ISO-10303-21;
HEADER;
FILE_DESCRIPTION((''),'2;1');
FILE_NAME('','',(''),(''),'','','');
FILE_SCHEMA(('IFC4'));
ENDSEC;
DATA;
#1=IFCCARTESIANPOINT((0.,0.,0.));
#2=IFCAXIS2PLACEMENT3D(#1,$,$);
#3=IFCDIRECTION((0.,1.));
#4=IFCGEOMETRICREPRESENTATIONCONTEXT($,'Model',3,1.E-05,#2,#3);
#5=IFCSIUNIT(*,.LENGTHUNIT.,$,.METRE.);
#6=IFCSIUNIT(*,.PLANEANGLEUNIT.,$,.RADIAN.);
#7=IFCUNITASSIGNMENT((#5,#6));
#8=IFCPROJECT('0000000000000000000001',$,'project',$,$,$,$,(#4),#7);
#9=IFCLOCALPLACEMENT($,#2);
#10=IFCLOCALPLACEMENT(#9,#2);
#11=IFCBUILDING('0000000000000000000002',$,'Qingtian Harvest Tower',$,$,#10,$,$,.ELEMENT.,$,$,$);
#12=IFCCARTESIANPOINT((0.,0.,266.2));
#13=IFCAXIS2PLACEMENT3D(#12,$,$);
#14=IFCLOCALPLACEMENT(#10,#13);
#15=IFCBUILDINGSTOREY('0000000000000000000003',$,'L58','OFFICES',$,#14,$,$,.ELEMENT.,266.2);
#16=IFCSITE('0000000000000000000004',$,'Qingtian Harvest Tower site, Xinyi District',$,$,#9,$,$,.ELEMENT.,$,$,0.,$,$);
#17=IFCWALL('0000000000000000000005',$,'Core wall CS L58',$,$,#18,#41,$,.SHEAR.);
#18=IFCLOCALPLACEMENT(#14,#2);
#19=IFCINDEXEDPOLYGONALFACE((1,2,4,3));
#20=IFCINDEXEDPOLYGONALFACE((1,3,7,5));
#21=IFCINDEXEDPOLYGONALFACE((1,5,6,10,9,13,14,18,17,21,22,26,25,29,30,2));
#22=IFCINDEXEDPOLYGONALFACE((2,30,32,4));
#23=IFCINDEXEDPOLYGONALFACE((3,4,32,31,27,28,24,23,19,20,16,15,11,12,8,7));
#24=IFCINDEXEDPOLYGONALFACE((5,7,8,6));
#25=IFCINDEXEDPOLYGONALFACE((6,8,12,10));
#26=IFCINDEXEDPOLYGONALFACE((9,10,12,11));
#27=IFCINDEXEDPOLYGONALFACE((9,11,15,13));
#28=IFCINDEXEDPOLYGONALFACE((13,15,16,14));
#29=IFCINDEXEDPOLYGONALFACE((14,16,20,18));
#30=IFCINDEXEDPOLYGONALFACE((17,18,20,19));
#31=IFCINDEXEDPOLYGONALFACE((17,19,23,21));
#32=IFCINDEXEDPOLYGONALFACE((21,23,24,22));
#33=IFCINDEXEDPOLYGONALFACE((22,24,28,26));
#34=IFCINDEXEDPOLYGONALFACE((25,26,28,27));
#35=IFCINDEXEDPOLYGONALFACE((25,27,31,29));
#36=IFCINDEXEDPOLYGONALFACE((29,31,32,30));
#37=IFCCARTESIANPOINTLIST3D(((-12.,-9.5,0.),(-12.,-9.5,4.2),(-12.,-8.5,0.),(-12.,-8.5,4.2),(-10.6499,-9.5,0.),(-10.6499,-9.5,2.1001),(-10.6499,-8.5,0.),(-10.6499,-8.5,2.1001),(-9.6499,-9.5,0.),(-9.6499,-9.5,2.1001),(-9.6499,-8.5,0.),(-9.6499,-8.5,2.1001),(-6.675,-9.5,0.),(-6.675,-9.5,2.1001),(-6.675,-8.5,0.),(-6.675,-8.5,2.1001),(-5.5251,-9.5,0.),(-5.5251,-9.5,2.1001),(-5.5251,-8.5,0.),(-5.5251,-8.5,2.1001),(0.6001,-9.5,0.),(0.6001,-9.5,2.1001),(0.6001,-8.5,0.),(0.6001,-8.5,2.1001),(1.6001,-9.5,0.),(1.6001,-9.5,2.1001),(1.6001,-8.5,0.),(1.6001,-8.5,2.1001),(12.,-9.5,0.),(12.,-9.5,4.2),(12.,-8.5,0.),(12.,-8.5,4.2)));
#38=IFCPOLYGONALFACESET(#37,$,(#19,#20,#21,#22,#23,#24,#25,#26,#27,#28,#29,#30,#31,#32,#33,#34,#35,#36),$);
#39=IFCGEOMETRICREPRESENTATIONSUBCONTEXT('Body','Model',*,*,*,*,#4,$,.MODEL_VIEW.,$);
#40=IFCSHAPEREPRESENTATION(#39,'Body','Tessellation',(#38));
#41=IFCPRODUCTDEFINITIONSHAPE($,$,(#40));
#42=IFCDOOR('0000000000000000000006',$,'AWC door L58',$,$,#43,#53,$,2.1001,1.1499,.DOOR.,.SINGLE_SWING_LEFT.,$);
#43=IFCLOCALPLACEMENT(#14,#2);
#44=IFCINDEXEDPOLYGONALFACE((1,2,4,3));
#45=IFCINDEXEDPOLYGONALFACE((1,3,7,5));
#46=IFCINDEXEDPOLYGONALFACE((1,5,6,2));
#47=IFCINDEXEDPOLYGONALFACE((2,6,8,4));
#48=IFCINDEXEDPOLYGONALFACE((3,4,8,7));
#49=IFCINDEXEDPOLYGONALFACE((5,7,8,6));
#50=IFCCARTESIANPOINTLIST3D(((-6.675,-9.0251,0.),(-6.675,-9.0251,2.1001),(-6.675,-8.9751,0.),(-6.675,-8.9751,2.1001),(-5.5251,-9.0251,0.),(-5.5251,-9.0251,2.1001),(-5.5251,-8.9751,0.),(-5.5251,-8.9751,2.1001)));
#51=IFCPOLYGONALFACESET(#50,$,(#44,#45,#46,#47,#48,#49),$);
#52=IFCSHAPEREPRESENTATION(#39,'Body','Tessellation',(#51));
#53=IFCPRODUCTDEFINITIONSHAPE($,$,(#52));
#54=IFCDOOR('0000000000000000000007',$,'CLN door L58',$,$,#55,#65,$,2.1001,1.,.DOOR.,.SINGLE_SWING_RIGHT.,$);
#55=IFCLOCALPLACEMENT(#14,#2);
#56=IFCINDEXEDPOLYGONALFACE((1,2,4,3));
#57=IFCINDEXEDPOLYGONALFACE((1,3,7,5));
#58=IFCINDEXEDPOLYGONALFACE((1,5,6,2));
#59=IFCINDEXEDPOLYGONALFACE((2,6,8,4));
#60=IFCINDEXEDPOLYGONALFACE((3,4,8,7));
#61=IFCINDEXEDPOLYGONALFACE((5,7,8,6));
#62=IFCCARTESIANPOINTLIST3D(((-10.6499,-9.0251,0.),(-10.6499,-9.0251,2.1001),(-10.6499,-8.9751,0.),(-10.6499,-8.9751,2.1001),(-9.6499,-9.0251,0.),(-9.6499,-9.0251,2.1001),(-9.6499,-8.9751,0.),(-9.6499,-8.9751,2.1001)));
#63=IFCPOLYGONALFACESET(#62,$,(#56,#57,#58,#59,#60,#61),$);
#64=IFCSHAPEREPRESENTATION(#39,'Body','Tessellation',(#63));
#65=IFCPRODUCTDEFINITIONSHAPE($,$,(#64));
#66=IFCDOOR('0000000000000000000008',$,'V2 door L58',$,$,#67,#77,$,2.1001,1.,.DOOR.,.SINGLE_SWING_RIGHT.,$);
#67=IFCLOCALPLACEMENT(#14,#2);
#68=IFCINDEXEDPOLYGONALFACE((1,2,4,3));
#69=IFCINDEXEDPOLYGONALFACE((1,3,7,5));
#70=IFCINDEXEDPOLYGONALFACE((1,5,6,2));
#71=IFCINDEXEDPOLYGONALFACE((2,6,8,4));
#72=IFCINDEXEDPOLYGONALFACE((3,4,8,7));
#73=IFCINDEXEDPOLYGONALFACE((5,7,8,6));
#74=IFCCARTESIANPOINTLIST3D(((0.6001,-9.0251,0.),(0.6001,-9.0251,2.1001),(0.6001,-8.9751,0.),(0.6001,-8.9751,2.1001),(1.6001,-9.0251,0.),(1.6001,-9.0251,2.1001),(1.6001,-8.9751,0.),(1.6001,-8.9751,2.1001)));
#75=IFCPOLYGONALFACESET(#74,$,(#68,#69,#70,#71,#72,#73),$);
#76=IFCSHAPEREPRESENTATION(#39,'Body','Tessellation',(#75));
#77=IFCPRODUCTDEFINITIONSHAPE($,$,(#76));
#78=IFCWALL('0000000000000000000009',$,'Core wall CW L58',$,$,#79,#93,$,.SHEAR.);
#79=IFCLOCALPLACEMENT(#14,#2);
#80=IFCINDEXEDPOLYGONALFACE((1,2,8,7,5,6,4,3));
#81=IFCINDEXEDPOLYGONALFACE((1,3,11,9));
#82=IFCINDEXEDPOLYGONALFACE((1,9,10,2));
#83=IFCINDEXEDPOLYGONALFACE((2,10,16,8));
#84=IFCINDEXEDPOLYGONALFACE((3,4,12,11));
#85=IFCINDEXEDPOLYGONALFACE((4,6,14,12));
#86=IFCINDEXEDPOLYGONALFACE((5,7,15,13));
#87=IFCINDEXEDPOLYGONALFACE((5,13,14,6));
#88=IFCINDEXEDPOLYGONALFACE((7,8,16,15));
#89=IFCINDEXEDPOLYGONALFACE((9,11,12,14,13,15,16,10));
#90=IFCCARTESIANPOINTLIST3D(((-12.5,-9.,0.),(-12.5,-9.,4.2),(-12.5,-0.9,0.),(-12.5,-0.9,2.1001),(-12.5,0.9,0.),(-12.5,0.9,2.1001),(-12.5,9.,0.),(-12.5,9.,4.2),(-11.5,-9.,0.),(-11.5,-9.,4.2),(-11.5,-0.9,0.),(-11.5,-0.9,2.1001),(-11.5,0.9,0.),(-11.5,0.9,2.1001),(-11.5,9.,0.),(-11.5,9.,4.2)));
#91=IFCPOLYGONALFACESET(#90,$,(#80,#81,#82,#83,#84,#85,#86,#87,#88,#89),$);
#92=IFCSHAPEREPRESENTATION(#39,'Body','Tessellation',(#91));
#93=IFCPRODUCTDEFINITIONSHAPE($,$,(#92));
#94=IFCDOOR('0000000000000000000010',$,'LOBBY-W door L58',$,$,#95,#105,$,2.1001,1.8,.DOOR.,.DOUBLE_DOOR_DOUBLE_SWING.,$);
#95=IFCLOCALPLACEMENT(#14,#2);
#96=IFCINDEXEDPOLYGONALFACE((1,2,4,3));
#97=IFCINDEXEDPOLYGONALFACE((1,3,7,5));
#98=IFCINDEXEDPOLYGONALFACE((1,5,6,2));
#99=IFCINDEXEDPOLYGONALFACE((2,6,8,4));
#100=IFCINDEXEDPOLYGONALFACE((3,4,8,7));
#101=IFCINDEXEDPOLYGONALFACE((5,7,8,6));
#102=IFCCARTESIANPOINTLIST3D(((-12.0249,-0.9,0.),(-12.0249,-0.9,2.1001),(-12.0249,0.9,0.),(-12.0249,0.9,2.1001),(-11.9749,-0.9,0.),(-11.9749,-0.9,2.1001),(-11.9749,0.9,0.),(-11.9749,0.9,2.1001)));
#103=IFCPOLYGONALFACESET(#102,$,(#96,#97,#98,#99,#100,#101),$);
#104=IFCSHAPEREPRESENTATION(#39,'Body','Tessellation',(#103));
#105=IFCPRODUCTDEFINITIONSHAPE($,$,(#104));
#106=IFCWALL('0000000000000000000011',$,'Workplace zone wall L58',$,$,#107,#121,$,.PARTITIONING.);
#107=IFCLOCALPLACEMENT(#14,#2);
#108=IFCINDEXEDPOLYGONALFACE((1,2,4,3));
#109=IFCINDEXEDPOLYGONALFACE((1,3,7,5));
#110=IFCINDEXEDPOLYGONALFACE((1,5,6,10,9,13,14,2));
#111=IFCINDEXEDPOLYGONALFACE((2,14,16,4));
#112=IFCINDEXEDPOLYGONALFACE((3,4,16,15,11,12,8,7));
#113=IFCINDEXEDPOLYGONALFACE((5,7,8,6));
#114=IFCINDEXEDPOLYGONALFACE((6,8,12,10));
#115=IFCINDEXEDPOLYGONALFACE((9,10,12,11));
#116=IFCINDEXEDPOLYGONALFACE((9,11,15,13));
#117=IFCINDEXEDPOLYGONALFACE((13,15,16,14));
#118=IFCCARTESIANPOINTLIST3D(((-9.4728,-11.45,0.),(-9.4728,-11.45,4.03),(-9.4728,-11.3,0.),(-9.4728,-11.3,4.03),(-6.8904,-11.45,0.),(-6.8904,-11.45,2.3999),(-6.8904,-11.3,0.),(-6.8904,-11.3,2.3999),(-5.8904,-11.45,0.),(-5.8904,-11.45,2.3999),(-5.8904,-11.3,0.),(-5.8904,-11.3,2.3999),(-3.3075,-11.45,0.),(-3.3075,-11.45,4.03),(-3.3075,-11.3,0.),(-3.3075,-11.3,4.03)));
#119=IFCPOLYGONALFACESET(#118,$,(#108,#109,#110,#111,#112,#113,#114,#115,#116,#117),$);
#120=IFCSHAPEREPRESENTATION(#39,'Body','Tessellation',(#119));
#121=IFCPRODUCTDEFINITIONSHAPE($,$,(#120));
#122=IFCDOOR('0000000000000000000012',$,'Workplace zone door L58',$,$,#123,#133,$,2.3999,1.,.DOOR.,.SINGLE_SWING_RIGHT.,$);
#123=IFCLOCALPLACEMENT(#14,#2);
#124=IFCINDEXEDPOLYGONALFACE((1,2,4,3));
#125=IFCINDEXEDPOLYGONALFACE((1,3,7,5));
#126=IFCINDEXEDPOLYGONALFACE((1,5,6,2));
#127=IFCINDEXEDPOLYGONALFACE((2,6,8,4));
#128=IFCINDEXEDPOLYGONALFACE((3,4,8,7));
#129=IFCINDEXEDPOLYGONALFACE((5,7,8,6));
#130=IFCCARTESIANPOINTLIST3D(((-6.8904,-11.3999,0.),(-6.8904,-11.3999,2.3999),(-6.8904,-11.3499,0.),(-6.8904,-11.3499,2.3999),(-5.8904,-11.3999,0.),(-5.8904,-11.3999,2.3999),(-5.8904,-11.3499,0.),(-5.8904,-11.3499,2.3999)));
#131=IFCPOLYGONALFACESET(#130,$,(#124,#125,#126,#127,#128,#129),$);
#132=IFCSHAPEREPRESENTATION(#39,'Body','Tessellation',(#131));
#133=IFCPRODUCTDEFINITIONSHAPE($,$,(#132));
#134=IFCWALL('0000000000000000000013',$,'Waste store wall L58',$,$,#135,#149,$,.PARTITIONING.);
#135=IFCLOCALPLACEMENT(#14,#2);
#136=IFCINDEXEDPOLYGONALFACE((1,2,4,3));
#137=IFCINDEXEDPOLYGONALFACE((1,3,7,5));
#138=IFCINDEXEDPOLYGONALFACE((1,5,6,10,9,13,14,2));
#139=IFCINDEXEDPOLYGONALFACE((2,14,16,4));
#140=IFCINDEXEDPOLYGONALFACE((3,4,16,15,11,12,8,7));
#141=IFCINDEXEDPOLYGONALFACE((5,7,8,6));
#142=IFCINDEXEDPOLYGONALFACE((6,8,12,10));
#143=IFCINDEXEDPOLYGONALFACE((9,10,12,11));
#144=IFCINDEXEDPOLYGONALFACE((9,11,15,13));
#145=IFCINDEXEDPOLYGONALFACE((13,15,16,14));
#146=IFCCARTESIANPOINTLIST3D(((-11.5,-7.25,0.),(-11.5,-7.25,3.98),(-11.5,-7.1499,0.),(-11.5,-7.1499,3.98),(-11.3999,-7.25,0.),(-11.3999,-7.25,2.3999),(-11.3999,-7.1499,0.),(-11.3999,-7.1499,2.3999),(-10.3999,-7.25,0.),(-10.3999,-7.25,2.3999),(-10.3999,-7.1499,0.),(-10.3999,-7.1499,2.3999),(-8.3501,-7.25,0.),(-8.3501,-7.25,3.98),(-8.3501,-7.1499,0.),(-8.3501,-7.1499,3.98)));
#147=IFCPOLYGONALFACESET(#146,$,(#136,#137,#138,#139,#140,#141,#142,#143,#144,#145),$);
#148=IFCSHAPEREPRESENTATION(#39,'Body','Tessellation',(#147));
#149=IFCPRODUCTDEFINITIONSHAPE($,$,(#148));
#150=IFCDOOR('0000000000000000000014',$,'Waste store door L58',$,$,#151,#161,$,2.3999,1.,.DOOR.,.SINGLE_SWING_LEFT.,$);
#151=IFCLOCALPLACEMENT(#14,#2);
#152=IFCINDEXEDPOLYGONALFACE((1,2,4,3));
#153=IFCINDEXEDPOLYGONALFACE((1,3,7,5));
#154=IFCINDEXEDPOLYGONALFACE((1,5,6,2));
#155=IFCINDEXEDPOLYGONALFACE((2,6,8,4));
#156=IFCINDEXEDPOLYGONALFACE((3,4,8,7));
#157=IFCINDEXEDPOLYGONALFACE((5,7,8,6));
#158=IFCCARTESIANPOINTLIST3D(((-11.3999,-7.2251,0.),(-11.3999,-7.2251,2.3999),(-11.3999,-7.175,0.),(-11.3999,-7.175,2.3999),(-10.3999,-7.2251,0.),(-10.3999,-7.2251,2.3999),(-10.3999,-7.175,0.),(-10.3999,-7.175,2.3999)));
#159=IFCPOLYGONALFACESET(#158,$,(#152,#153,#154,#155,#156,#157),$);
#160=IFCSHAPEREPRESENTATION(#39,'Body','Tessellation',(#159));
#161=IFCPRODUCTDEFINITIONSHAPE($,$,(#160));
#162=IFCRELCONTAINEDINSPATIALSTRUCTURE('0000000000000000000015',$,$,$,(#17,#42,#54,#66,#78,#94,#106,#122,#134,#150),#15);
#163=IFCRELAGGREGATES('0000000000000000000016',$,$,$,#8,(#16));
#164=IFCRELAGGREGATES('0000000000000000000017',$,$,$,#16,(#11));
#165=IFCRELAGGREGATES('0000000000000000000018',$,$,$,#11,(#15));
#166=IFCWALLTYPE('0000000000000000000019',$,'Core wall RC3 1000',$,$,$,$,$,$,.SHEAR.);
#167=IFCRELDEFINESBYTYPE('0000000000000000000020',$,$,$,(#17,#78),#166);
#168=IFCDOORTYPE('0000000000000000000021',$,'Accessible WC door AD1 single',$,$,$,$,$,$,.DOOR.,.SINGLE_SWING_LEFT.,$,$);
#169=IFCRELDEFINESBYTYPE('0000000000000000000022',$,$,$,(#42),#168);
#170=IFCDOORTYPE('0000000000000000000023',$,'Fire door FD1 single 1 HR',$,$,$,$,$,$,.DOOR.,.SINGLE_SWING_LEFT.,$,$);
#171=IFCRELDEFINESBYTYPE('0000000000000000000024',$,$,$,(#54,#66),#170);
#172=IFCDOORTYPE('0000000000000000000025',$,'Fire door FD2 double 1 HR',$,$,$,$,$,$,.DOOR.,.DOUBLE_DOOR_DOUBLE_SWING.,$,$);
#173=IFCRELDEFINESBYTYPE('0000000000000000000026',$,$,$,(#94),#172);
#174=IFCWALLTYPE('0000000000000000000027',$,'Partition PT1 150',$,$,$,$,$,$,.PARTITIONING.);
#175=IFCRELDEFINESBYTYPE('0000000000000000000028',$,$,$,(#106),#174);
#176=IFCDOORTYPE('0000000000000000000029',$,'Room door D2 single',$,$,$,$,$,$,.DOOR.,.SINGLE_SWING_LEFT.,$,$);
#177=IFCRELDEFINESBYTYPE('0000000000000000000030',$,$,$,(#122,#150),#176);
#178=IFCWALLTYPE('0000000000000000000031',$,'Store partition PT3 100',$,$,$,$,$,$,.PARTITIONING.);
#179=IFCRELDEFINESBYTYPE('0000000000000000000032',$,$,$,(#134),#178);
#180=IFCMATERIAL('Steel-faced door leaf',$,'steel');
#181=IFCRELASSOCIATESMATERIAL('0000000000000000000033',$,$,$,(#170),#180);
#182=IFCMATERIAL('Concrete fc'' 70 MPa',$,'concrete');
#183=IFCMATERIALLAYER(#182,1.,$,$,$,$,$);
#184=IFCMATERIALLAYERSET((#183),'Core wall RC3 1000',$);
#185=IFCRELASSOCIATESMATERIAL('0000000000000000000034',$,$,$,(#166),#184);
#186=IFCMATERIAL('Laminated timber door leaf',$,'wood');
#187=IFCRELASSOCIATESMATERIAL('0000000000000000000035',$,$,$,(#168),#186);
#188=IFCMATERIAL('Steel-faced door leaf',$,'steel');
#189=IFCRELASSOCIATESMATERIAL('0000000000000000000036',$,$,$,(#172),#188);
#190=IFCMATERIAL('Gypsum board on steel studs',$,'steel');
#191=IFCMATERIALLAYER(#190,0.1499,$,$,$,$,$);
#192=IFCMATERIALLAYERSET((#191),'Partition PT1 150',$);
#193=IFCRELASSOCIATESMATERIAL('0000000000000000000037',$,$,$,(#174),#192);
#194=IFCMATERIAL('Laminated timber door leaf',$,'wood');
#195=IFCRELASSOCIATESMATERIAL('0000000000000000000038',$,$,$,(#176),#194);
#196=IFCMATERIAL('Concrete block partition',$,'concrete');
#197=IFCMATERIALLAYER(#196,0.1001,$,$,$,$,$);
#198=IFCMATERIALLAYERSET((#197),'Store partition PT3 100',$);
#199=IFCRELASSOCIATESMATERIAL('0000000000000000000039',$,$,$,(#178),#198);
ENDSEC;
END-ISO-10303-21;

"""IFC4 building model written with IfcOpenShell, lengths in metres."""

from ifc_helpers import new_model, si_unit, direction, frame, frame_2d, origin, place, context, subcontext, project, spatial, rectangle, extrude, material, layer, layer_set, type_object, element, fill, save


model = new_model("IFC4")

# Units and contexts
model_context = context("Model", 3, precision=1e-05, world=origin(), true_north=direction((0.0, 1.0)))
body_context = subcontext(model_context, "Body", "Model", "MODEL_VIEW")
ifc_project = project(units=[si_unit("LENGTHUNIT", "METRE"), si_unit("PLANEANGLEUNIT", "RADIAN")], contexts=[model_context])

# Site, building, storey
site_placement = place(None, origin())
site = spatial("IfcSite", under=ifc_project, at=site_placement, Name="Qingtian Harvest Tower site, Xinyi District", CompositionType="ELEMENT", RefElevation=0.0)
building_placement = place(site_placement, origin())
building = spatial("IfcBuilding", under=site, at=building_placement, Name="Qingtian Harvest Tower", CompositionType="ELEMENT")
storey_placement = place(building_placement, frame((0.0, 0.0, 266.2)))
storey = spatial("IfcBuildingStorey", under=building, at=storey_placement, Name="L58", Description="OFFICES", CompositionType="ELEMENT", Elevation=266.2)

# Shared definitions
ifc_material_1 = material(Name="Steel-faced door leaf", Category="steel")
door_type_1 = type_object("IfcDoorType", Name="Fire door FD1 single 1 HR", OperationType="SINGLE_SWING_LEFT", PredefinedType="DOOR", material=ifc_material_1)

# Wall, openings, doors
ifc_material_2 = material(Name="Concrete fc' 70 MPa", Category="concrete")
ifc_layer_1 = layer(ifc_material_2, 1.0)
ifc_layer_set_1 = layer_set([ifc_layer_1], Name="Core wall RC3 1000")
wall_type_1 = type_object("IfcWallType", Name="Core wall RC3 1000", PredefinedType="SHEAR", material=ifc_layer_set_1)
wall_1_placement = place(storey_placement, frame((-12.0, -9.0, 0.0), z_axis=(0.0, 0.0, 1.0), x_axis=(1.0, 0.0, 0.0)))
wall_1 = element("IfcWall", 1, at=wall_1_placement, inside=storey, type_object=wall_type_1, Name="Core wall CS L58", PredefinedType="SHEAR", context=body_context, shape_type="SweptSolid", body=[
    extrude(rectangle(XDim=24.0, YDim=1.0, at=frame_2d((12.0, 0.0))), origin(), (0.0, 0.0, 1.0), 4.2),
])
opening_1_placement = place(wall_1_placement, frame((1.3501, 0.0, 0.0)))
opening_1 = element("IfcOpeningElement", 2, at=opening_1_placement, cuts=wall_1, PredefinedType="OPENING", context=body_context, shape_type="SweptSolid", body=[
    extrude(rectangle(XDim=1.0, YDim=2.1001, at=frame_2d((0.5, 1.05))), frame((0.0, 0.51, 0.0), z_axis=(0.0, -1.0, 0.0), x_axis=(1.0, 0.0, 0.0)), (0.0, 0.0, 1.0), 1.02),
])
opening_2_placement = place(wall_1_placement, frame((5.325, 0.0, 0.0)))
opening_2 = element("IfcOpeningElement", 3, at=opening_2_placement, cuts=wall_1, PredefinedType="OPENING", context=body_context, shape_type="SweptSolid", body=[
    extrude(rectangle(XDim=1.1499, YDim=2.1001, at=frame_2d((0.575, 1.05))), frame((0.0, 0.51, 0.0), z_axis=(0.0, -1.0, 0.0), x_axis=(1.0, 0.0, 0.0)), (0.0, 0.0, 1.0), 1.02),
])
opening_3_placement = place(wall_1_placement, frame((12.6001, 0.0, 0.0)))
opening_3 = element("IfcOpeningElement", 4, at=opening_3_placement, cuts=wall_1, PredefinedType="OPENING", context=body_context, shape_type="SweptSolid", body=[
    extrude(rectangle(XDim=1.0, YDim=2.1001, at=frame_2d((0.5, 1.05))), frame((0.0, 0.51, 0.0), z_axis=(0.0, -1.0, 0.0), x_axis=(1.0, 0.0, 0.0)), (0.0, 0.0, 1.0), 1.02),
])
ifc_material_3 = material(Name="Laminated timber door leaf", Category="wood")
door_type_2 = type_object("IfcDoorType", Name="Accessible WC door AD1 single", OperationType="SINGLE_SWING_LEFT", PredefinedType="DOOR", material=ifc_material_3)
door_1_placement = place(opening_2_placement, origin())
door_1 = element("IfcDoor", 5, at=door_1_placement, inside=storey, type_object=door_type_2, Name="AWC door L58", OperationType="SINGLE_SWING_LEFT", OverallHeight=2.1001, OverallWidth=1.1499, PredefinedType="DOOR", context=body_context, shape_type="SweptSolid", body=[
    extrude(rectangle(XDim=1.1499, YDim=2.1001, at=frame_2d((0.575, 1.05))), frame((0.0, 0.0249, 0.0), z_axis=(0.0, -1.0, 0.0), x_axis=(1.0, 0.0, 0.0)), (0.0, 0.0, 1.0), 0.05),
])
fill(opening_2, door_1)
door_2_placement = place(opening_1_placement, origin())
door_2 = element("IfcDoor", 6, at=door_2_placement, inside=storey, type_object=door_type_1, Name="CLN door L58", OperationType="SINGLE_SWING_RIGHT", OverallHeight=2.1001, OverallWidth=1.0, PredefinedType="DOOR", context=body_context, shape_type="SweptSolid", body=[
    extrude(rectangle(XDim=1.0, YDim=2.1001, at=frame_2d((0.5, 1.05))), frame((0.0, 0.0249, 0.0), z_axis=(0.0, -1.0, 0.0), x_axis=(1.0, 0.0, 0.0)), (0.0, 0.0, 1.0), 0.05),
])
fill(opening_1, door_2)
door_3_placement = place(opening_3_placement, origin())
door_3 = element("IfcDoor", 7, at=door_3_placement, inside=storey, type_object=door_type_1, Name="V2 door L58", OperationType="SINGLE_SWING_RIGHT", OverallHeight=2.1001, OverallWidth=1.0, PredefinedType="DOOR", context=body_context, shape_type="SweptSolid", body=[
    extrude(rectangle(XDim=1.0, YDim=2.1001, at=frame_2d((0.5, 1.05))), frame((0.0, 0.0249, 0.0), z_axis=(0.0, -1.0, 0.0), x_axis=(1.0, 0.0, 0.0)), (0.0, 0.0, 1.0), 0.05),
])
fill(opening_3, door_3)

# Walls, openings, doors
wall_2_placement = place(storey_placement, frame((-12.0, -9.0, 0.0), z_axis=(0.0, 0.0, 1.0), x_axis=(0.0, 1.0, 0.0)))
wall_2 = element("IfcWall", 8, at=wall_2_placement, inside=storey, type_object=wall_type_1, Name="Core wall CW L58", PredefinedType="SHEAR", context=body_context, shape_type="SweptSolid", body=[
    extrude(rectangle(XDim=18.0, YDim=1.0, at=frame_2d((9.0, 0.0))), origin(), (0.0, 0.0, 1.0), 4.2),
])
opening_4_placement = place(wall_2_placement, frame((8.1001, 0.0, 0.0)))
opening_4 = element("IfcOpeningElement", 9, at=opening_4_placement, cuts=wall_2, PredefinedType="OPENING", context=body_context, shape_type="SweptSolid", body=[
    extrude(rectangle(XDim=1.8, YDim=2.1001, at=frame_2d((0.8999, 1.05))), frame((0.0, 0.51, 0.0), z_axis=(0.0, -1.0, 0.0), x_axis=(1.0, 0.0, 0.0)), (0.0, 0.0, 1.0), 1.02),
])
ifc_material_4 = material(Name="Steel-faced door leaf", Category="steel")
door_type_3 = type_object("IfcDoorType", Name="Fire door FD2 double 1 HR", OperationType="DOUBLE_DOOR_DOUBLE_SWING", PredefinedType="DOOR", material=ifc_material_4)
door_4_placement = place(opening_4_placement, origin())
door_4 = element("IfcDoor", 10, at=door_4_placement, inside=storey, type_object=door_type_3, Name="LOBBY-W door L58", OperationType="DOUBLE_DOOR_DOUBLE_SWING", OverallHeight=2.1001, OverallWidth=1.8, PredefinedType="DOOR", context=body_context, shape_type="SweptSolid", body=[
    extrude(rectangle(XDim=1.8, YDim=2.1001, at=frame_2d((0.8999, 1.05))), frame((0.0, 0.0249, 0.0), z_axis=(0.0, -1.0, 0.0), x_axis=(1.0, 0.0, 0.0)), (0.0, 0.0, 1.0), 0.05),
])
fill(opening_4, door_4)
ifc_material_5 = material(Name="Gypsum board on steel studs", Category="steel")
ifc_layer_2 = layer(ifc_material_5, 0.1499)
ifc_layer_set_2 = layer_set([ifc_layer_2], Name="Partition PT1 150")
wall_type_2 = type_object("IfcWallType", Name="Partition PT1 150", PredefinedType="PARTITIONING", material=ifc_layer_set_2)
wall_3_placement = place(storey_placement, frame((-3.3076, -11.375, 0.0), z_axis=(0.0, 0.0, 1.0), x_axis=(-1.0, 0.0, 0.0)))
wall_3 = element("IfcWall", 11, at=wall_3_placement, inside=storey, type_object=wall_type_2, Name="Workplace zone wall L58", PredefinedType="PARTITIONING", context=body_context, shape_type="SweptSolid", body=[
    extrude(rectangle(XDim=6.1653, YDim=0.1499, at=frame_2d((3.0825, 0.0))), origin(), (0.0, 0.0, 1.0), 4.03),
])
opening_5_placement = place(wall_3_placement, frame((2.5828, 0.0, 0.0)))
opening_5 = element("IfcOpeningElement", 12, at=opening_5_placement, cuts=wall_3, PredefinedType="OPENING", context=body_context, shape_type="SweptSolid", body=[
    extrude(rectangle(XDim=1.0, YDim=2.3999, at=frame_2d((0.5, 1.2))), frame((0.0, 0.085, 0.0), z_axis=(0.0, -1.0, 0.0), x_axis=(1.0, 0.0, 0.0)), (0.0, 0.0, 1.0), 0.1699),
])
ifc_material_6 = material(Name="Laminated timber door leaf", Category="wood")
door_type_4 = type_object("IfcDoorType", Name="Room door D2 single", OperationType="SINGLE_SWING_LEFT", PredefinedType="DOOR", material=ifc_material_6)
door_5_placement = place(opening_5_placement, origin())
door_5 = element("IfcDoor", 13, at=door_5_placement, inside=storey, type_object=door_type_4, Name="Workplace zone door L58", OperationType="SINGLE_SWING_RIGHT", OverallHeight=2.3999, OverallWidth=1.0, PredefinedType="DOOR", context=body_context, shape_type="SweptSolid", body=[
    extrude(rectangle(XDim=1.0, YDim=2.3999, at=frame_2d((0.5, 1.2))), frame((0.0, 0.0249, 0.0), z_axis=(0.0, -1.0, 0.0), x_axis=(1.0, 0.0, 0.0)), (0.0, 0.0, 1.0), 0.05),
])
fill(opening_5, door_5)
ifc_material_7 = material(Name="Concrete block partition", Category="concrete")
ifc_layer_3 = layer(ifc_material_7, 0.1001)
ifc_layer_set_3 = layer_set([ifc_layer_3], Name="Store partition PT3 100")
wall_type_3 = type_object("IfcWallType", Name="Store partition PT3 100", PredefinedType="PARTITIONING", material=ifc_layer_set_3)
wall_4_placement = place(storey_placement, frame((-11.5, -7.2, 0.0), z_axis=(0.0, 0.0, 1.0), x_axis=(1.0, 0.0, 0.0)))
wall_4 = element("IfcWall", 14, at=wall_4_placement, inside=storey, type_object=wall_type_3, Name="Waste store wall L58", PredefinedType="PARTITIONING", context=body_context, shape_type="SweptSolid", body=[
    extrude(rectangle(XDim=3.1499, YDim=0.1001, at=frame_2d((1.575, 0.0))), origin(), (0.0, 0.0, 1.0), 3.98),
])
opening_6_placement = place(wall_4_placement, frame((0.1001, 0.0, 0.0)))
opening_6 = element("IfcOpeningElement", 15, at=opening_6_placement, cuts=wall_4, PredefinedType="OPENING", context=body_context, shape_type="SweptSolid", body=[
    extrude(rectangle(XDim=1.0, YDim=2.3999, at=frame_2d((0.5, 1.2))), frame((0.0, 0.0601, 0.0), z_axis=(0.0, -1.0, 0.0), x_axis=(1.0, 0.0, 0.0)), (0.0, 0.0, 1.0), 0.1201),
])
door_6_placement = place(opening_6_placement, origin())
door_6 = element("IfcDoor", 16, at=door_6_placement, inside=storey, type_object=door_type_4, Name="Waste store door L58", OperationType="SINGLE_SWING_LEFT", OverallHeight=2.3999, OverallWidth=1.0, PredefinedType="DOOR", context=body_context, shape_type="SweptSolid", body=[
    extrude(rectangle(XDim=1.0, YDim=2.3999, at=frame_2d((0.5, 1.2))), frame((0.0, 0.0249, 0.0), z_axis=(0.0, -1.0, 0.0), x_axis=(1.0, 0.0, 0.0)), (0.0, 0.0, 1.0), 0.05),
])
fill(opening_6, door_6)

save(model, "model.ifc")
